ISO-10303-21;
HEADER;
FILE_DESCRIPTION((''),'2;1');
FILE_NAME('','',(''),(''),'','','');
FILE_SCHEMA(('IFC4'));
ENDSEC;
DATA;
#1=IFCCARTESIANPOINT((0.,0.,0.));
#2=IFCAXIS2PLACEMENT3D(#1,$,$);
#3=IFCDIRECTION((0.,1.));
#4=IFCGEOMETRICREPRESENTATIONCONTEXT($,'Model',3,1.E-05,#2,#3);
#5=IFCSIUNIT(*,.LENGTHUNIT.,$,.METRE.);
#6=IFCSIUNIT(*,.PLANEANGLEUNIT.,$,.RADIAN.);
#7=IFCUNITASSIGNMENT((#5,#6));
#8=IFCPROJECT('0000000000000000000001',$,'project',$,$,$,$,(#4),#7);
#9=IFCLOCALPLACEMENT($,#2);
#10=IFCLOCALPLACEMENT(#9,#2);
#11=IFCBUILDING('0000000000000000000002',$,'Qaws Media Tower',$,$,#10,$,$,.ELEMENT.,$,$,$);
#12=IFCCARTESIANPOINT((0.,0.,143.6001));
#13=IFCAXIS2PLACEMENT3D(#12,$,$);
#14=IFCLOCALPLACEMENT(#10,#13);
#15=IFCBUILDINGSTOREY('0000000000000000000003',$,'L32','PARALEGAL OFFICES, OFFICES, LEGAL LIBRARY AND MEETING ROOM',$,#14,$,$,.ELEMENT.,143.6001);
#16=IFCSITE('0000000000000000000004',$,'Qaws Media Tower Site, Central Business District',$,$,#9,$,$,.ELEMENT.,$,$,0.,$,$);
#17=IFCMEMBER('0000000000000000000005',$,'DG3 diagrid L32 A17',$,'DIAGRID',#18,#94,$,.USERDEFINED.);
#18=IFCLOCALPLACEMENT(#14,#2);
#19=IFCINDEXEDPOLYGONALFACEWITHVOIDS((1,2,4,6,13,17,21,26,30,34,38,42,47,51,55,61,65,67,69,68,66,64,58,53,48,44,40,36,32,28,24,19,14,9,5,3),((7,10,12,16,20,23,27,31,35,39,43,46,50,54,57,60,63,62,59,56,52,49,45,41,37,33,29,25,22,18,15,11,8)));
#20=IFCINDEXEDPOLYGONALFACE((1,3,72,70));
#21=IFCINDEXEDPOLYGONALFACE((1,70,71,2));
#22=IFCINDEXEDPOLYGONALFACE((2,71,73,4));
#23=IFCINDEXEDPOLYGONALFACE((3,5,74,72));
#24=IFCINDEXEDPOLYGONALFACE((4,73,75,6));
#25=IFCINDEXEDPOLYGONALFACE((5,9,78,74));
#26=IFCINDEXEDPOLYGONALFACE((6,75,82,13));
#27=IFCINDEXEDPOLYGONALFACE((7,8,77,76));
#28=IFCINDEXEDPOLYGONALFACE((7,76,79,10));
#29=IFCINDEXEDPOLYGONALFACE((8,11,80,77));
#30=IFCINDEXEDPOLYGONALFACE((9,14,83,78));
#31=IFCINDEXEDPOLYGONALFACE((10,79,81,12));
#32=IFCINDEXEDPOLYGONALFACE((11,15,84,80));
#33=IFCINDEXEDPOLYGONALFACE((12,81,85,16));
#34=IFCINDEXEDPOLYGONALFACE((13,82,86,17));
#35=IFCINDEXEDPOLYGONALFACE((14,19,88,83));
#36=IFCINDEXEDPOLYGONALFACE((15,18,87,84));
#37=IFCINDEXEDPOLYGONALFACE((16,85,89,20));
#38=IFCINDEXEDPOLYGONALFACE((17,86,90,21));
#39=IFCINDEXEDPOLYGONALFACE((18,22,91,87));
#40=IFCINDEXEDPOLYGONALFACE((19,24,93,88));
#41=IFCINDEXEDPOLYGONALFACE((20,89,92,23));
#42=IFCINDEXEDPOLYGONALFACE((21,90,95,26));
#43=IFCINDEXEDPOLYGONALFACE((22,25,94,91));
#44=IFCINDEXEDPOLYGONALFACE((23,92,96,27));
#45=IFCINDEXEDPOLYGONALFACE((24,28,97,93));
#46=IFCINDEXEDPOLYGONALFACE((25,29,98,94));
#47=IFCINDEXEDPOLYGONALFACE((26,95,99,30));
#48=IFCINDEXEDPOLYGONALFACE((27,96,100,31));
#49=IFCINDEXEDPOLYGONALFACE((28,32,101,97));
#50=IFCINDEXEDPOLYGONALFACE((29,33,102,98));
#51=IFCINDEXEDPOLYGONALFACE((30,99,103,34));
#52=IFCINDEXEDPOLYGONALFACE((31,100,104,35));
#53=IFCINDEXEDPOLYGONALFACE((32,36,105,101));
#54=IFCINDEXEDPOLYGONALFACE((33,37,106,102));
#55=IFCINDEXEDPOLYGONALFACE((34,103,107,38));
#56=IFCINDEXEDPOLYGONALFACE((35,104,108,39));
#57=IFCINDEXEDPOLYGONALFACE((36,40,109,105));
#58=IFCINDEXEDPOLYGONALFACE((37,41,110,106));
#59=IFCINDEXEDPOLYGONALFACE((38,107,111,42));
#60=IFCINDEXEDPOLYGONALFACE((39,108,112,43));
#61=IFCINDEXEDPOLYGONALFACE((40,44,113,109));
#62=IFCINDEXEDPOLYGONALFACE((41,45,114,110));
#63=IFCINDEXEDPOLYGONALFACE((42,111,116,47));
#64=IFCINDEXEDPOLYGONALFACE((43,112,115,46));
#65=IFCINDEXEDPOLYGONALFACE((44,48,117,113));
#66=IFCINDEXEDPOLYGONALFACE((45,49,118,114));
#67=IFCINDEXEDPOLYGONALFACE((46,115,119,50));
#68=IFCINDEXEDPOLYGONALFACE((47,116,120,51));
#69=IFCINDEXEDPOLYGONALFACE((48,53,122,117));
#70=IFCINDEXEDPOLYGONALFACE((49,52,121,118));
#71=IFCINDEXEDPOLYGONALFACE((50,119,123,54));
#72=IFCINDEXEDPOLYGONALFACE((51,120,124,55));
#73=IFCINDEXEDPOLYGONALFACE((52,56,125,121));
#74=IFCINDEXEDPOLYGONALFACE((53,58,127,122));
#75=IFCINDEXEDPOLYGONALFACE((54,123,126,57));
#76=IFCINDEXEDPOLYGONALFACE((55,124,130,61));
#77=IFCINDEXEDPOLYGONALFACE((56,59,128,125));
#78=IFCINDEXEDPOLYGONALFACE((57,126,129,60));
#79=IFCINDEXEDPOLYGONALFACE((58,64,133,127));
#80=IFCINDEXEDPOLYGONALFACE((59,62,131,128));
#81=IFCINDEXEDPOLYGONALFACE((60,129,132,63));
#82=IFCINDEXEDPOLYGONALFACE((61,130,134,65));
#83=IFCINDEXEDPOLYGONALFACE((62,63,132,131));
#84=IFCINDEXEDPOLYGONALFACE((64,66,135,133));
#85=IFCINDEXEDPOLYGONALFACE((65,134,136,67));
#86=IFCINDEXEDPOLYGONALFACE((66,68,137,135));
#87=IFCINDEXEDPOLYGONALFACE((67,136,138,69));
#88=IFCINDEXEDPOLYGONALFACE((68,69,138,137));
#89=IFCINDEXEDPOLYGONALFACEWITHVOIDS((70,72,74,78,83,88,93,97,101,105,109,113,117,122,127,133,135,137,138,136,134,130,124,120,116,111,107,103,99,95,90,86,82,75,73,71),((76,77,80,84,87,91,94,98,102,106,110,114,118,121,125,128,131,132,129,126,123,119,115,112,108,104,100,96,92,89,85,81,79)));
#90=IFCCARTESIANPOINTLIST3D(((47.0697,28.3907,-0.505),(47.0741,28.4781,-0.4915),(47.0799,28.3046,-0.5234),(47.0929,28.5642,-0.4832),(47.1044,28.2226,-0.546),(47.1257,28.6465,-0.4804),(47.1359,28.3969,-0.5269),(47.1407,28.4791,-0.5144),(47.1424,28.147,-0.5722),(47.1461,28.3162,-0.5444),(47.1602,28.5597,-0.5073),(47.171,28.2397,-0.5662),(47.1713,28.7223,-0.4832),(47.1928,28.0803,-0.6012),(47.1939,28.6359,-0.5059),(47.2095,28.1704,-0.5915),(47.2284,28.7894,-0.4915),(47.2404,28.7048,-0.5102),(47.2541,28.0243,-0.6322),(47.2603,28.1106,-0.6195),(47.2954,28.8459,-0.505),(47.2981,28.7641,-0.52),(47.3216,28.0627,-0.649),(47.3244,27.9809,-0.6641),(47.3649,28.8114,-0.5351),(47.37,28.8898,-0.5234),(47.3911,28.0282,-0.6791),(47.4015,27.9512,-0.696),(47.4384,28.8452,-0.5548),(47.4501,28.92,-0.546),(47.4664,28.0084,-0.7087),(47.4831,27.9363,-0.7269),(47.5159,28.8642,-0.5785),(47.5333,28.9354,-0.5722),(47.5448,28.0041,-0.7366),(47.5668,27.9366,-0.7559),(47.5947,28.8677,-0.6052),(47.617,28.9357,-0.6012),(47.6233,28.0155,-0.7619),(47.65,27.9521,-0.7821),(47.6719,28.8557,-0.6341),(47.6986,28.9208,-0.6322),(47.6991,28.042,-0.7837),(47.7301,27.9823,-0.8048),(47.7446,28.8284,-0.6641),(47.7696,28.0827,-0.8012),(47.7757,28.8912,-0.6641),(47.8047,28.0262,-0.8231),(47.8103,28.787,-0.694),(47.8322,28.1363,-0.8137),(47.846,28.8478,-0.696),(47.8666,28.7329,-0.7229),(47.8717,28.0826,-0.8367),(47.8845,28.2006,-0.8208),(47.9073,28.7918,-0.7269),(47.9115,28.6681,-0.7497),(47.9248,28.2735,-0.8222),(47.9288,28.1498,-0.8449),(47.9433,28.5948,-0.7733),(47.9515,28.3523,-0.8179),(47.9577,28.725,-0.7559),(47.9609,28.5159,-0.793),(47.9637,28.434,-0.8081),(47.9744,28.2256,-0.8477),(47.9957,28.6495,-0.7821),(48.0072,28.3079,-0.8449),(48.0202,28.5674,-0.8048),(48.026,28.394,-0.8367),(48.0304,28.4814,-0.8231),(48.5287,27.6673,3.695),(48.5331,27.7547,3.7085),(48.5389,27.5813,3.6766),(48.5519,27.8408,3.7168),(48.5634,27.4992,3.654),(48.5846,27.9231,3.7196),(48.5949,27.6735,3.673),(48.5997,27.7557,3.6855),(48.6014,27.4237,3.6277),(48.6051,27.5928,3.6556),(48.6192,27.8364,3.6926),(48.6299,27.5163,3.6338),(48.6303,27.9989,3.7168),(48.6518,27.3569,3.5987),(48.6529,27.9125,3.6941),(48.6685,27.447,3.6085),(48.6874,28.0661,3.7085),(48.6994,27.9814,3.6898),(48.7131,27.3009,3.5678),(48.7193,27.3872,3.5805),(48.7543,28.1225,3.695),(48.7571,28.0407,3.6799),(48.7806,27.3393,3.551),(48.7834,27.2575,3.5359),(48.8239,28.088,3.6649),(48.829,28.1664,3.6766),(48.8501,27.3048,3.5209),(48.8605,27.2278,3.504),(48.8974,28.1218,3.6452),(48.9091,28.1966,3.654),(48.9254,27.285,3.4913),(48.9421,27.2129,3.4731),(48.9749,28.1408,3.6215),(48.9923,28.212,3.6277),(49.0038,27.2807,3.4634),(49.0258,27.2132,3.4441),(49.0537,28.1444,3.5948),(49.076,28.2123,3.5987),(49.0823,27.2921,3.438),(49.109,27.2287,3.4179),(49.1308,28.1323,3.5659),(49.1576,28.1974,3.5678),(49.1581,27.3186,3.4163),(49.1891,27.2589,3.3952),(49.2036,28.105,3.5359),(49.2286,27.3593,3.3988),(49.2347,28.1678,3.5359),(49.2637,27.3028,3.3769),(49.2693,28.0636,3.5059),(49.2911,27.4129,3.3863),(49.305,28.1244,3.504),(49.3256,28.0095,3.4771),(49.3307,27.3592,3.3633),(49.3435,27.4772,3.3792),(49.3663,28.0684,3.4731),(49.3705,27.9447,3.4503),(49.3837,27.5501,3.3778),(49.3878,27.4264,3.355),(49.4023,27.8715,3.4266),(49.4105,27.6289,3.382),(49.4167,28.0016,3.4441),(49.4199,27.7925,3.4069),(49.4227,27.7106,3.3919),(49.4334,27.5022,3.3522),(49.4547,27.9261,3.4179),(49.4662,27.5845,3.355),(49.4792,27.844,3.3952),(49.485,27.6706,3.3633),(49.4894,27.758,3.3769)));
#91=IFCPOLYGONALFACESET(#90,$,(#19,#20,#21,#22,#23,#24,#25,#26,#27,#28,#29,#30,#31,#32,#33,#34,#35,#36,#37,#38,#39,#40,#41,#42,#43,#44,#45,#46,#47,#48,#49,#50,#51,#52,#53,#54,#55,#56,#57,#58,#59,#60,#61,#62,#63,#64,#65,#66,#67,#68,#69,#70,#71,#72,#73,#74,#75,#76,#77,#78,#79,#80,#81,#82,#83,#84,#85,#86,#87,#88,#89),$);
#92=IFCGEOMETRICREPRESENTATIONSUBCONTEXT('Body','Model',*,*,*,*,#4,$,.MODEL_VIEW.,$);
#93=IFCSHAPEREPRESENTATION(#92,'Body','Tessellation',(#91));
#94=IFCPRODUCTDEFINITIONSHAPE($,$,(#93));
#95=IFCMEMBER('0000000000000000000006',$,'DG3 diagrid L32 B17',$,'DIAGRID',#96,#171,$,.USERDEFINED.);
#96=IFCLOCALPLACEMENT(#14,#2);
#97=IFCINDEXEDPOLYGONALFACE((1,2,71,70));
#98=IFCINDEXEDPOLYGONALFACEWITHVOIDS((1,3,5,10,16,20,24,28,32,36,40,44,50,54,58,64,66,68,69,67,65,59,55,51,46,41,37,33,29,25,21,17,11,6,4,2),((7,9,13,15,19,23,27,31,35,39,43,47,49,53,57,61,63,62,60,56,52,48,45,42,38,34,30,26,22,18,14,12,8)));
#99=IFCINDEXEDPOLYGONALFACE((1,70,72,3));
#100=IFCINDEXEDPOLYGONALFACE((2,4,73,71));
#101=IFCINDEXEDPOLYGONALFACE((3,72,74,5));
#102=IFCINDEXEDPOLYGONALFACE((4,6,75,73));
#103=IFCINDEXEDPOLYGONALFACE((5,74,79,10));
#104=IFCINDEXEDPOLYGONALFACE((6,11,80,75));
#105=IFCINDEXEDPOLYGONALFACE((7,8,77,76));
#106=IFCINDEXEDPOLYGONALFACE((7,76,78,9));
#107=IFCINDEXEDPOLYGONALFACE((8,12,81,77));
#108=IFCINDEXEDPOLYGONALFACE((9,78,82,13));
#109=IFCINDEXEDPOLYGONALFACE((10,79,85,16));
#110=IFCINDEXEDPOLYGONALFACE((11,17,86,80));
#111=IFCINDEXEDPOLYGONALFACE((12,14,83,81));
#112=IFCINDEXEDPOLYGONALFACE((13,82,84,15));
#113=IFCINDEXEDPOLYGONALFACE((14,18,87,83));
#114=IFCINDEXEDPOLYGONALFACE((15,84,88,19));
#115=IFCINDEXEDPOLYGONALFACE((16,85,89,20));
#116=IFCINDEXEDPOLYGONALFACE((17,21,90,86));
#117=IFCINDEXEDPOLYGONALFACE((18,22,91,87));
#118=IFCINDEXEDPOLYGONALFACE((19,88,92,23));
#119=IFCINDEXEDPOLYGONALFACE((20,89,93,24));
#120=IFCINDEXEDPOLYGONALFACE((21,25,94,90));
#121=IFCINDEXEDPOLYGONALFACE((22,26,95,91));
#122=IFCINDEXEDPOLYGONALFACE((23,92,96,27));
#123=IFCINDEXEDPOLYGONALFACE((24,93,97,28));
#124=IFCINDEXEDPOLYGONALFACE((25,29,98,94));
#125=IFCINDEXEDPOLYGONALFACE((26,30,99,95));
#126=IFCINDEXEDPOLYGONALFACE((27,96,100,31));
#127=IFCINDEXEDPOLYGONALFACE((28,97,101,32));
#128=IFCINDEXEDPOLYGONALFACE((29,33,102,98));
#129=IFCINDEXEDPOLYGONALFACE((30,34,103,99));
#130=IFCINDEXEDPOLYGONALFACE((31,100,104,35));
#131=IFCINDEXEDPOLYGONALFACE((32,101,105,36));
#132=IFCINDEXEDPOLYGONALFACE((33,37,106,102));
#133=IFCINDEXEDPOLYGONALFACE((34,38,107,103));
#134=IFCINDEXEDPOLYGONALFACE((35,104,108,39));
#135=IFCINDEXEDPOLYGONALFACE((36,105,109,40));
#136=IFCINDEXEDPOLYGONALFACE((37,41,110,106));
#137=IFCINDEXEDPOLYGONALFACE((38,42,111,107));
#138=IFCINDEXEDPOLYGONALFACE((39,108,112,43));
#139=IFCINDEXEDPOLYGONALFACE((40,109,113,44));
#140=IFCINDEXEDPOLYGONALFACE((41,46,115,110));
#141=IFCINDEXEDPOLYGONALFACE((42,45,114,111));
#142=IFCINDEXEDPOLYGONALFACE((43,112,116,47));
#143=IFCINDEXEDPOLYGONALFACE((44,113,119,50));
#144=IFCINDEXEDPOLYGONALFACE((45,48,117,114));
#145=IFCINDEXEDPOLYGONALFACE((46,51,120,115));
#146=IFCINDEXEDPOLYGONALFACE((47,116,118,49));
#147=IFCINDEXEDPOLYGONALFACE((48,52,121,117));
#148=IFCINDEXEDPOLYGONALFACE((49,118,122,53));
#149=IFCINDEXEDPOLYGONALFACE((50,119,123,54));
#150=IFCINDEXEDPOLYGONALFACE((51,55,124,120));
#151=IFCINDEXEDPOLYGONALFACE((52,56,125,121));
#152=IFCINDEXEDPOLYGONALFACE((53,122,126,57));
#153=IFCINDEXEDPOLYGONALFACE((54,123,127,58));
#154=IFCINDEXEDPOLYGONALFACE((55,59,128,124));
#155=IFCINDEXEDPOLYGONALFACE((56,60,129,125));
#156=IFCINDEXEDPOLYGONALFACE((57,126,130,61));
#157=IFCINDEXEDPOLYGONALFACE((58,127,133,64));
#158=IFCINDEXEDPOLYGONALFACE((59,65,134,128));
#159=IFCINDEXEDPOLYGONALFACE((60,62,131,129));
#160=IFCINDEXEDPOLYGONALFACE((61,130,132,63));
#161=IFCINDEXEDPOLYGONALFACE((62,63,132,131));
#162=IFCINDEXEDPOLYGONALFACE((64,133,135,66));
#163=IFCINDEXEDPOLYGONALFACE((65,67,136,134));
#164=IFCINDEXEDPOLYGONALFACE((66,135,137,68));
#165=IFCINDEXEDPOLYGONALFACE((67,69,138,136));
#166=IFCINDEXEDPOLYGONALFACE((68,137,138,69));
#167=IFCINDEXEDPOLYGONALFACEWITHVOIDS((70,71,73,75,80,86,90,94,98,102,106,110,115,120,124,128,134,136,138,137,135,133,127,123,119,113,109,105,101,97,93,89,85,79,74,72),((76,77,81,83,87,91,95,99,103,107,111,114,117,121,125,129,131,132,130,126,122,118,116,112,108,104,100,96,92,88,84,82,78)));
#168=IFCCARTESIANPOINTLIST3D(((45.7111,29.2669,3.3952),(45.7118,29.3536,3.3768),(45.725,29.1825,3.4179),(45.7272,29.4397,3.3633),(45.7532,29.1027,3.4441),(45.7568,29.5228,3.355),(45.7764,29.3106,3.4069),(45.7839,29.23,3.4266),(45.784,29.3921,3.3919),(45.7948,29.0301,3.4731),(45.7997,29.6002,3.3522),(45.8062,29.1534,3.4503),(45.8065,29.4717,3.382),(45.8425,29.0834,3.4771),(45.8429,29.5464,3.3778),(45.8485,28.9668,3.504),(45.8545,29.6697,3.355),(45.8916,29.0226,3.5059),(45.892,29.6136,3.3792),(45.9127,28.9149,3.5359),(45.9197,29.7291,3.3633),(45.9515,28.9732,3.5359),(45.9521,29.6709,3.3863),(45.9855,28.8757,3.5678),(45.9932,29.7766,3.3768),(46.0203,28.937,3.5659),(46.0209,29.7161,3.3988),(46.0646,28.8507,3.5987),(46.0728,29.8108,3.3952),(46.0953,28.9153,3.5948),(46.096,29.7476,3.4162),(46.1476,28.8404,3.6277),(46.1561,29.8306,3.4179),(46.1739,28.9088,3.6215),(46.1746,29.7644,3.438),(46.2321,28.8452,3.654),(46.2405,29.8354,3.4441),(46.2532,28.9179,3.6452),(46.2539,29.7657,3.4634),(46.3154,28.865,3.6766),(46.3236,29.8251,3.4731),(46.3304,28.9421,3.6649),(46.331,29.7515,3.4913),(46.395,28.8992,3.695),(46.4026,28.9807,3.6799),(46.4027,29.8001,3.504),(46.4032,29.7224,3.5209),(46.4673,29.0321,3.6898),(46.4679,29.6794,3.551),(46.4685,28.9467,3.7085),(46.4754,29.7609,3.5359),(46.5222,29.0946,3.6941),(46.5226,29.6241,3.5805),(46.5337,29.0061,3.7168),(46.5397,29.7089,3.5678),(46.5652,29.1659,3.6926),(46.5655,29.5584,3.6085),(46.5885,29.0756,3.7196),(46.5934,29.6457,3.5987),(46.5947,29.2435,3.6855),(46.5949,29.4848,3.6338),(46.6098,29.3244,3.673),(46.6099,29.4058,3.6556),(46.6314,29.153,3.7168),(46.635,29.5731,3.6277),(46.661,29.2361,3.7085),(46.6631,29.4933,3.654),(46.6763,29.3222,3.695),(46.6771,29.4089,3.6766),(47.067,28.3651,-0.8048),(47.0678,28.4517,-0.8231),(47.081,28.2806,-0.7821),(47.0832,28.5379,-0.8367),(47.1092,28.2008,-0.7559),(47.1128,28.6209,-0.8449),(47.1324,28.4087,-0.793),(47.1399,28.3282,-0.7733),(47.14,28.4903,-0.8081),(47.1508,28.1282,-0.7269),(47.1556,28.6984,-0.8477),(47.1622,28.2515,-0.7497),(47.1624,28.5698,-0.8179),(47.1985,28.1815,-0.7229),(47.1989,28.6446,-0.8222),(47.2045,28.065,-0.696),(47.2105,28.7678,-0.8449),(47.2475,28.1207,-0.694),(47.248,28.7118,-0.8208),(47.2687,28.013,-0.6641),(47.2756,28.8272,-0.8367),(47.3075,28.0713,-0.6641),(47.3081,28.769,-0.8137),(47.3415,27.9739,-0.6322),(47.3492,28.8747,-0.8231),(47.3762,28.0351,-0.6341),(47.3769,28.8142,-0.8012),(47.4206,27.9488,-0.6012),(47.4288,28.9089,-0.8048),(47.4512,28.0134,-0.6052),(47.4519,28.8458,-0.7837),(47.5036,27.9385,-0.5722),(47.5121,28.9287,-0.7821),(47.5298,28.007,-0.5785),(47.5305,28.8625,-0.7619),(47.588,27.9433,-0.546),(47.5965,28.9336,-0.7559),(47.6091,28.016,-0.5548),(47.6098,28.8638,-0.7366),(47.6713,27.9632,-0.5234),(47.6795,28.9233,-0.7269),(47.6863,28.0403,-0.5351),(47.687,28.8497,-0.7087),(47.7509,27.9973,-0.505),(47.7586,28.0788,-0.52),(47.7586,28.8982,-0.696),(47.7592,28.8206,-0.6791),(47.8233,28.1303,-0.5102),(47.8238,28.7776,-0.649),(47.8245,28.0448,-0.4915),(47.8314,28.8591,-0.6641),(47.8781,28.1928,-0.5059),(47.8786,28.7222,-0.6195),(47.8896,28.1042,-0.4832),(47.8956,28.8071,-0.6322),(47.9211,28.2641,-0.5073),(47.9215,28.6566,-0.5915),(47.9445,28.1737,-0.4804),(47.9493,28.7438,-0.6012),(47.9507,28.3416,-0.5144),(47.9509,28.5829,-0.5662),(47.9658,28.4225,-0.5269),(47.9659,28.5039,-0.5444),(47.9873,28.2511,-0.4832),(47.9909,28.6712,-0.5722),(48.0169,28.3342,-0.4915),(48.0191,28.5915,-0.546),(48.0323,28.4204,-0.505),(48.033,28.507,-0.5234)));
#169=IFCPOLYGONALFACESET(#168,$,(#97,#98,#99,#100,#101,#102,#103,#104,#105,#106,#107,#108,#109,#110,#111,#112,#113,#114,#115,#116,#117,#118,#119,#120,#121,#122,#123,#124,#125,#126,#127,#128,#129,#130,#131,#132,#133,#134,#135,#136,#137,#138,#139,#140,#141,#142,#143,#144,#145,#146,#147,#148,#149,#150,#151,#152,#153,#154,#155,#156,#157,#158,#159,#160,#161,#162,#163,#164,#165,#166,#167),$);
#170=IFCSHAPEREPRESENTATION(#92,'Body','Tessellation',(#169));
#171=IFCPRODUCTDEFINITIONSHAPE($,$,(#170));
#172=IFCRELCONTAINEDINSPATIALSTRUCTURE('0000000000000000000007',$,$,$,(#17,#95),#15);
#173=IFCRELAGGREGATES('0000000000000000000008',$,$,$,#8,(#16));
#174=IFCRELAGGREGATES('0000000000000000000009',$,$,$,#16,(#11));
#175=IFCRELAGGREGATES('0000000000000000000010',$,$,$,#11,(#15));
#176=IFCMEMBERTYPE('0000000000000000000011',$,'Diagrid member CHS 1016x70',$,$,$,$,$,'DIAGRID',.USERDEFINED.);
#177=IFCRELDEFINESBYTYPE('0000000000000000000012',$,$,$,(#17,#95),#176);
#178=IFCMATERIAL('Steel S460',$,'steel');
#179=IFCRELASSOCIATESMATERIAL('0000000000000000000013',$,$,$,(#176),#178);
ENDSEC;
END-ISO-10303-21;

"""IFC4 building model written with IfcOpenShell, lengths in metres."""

from ifc_helpers import new_model, si_unit, direction, frame, origin, origin_2d, place, context, subcontext, project, spatial, hollow_circle, extrude, material, material_profile, profile_set, type_object, element, save


model = new_model("IFC4")

# Units and contexts
model_context = context("Model", 3, precision=1e-05, world=origin(), true_north=direction((0.0, 1.0)))
body_context = subcontext(model_context, "Body", "Model", "MODEL_VIEW")
ifc_project = project(units=[si_unit("LENGTHUNIT", "METRE"), si_unit("PLANEANGLEUNIT", "RADIAN")], contexts=[model_context])

# Site, building, storey
site_placement = place(None, origin())
site = spatial("IfcSite", under=ifc_project, at=site_placement, Name="Qaws Media Tower Site, Central Business District", CompositionType="ELEMENT", RefElevation=0.0)
building_placement = place(site_placement, origin())
building = spatial("IfcBuilding", under=site, at=building_placement, Name="Qaws Media Tower", CompositionType="ELEMENT")
storey_placement = place(building_placement, frame((0.0, 0.0, 143.6001)))
storey = spatial("IfcBuildingStorey", under=building, at=storey_placement, Name="L32", Description="PARALEGAL OFFICES, OFFICES, LEGAL LIBRARY AND MEETING ROOM", CompositionType="ELEMENT", Elevation=143.6001)

# Members
ifc_material_1 = material(Name="Steel S460", Category="steel")
ifc_material_profile_1 = material_profile(ifc_material_1, hollow_circle(Radius=0.5081, WallThickness=0.0701, at=origin_2d()), Name="CHS 1016x70")
ifc_profile_set_1 = profile_set([ifc_material_profile_1], Name="Steel S460")
member_type_1 = type_object("IfcMemberType", Name="Diagrid member CHS 1016x70", ElementType="DIAGRID", PredefinedType="USERDEFINED", material=ifc_profile_set_1)
for number, where, z_axis, x_axis, name in (
    (1, (47.55, 28.436, -0.6641), (0.323887, -0.160589, 0.932367), (0.444213, 0.895921, 0.0), "DG3 diagrid L32 A17"),
    (2, (47.55, 28.436, -0.6641), (-0.301015, 0.200207, 0.932366), (-0.5538, -0.832649, 0.0), "DG3 diagrid L32 B17"),
):
    element("IfcMember", number, at=place(storey_placement, frame(where, z_axis=z_axis, x_axis=x_axis)), inside=storey, type_object=member_type_1, Name=name, ObjectType="DIAGRID", PredefinedType="USERDEFINED", context=body_context, shape_type="SweptSolid", body=[
        extrude(hollow_circle(Radius=0.5081, WallThickness=0.0701, at=origin_2d()), origin(), (0.0, 0.0, 1.0), 4.5046),
    ])

save(model, "model.ifc")
